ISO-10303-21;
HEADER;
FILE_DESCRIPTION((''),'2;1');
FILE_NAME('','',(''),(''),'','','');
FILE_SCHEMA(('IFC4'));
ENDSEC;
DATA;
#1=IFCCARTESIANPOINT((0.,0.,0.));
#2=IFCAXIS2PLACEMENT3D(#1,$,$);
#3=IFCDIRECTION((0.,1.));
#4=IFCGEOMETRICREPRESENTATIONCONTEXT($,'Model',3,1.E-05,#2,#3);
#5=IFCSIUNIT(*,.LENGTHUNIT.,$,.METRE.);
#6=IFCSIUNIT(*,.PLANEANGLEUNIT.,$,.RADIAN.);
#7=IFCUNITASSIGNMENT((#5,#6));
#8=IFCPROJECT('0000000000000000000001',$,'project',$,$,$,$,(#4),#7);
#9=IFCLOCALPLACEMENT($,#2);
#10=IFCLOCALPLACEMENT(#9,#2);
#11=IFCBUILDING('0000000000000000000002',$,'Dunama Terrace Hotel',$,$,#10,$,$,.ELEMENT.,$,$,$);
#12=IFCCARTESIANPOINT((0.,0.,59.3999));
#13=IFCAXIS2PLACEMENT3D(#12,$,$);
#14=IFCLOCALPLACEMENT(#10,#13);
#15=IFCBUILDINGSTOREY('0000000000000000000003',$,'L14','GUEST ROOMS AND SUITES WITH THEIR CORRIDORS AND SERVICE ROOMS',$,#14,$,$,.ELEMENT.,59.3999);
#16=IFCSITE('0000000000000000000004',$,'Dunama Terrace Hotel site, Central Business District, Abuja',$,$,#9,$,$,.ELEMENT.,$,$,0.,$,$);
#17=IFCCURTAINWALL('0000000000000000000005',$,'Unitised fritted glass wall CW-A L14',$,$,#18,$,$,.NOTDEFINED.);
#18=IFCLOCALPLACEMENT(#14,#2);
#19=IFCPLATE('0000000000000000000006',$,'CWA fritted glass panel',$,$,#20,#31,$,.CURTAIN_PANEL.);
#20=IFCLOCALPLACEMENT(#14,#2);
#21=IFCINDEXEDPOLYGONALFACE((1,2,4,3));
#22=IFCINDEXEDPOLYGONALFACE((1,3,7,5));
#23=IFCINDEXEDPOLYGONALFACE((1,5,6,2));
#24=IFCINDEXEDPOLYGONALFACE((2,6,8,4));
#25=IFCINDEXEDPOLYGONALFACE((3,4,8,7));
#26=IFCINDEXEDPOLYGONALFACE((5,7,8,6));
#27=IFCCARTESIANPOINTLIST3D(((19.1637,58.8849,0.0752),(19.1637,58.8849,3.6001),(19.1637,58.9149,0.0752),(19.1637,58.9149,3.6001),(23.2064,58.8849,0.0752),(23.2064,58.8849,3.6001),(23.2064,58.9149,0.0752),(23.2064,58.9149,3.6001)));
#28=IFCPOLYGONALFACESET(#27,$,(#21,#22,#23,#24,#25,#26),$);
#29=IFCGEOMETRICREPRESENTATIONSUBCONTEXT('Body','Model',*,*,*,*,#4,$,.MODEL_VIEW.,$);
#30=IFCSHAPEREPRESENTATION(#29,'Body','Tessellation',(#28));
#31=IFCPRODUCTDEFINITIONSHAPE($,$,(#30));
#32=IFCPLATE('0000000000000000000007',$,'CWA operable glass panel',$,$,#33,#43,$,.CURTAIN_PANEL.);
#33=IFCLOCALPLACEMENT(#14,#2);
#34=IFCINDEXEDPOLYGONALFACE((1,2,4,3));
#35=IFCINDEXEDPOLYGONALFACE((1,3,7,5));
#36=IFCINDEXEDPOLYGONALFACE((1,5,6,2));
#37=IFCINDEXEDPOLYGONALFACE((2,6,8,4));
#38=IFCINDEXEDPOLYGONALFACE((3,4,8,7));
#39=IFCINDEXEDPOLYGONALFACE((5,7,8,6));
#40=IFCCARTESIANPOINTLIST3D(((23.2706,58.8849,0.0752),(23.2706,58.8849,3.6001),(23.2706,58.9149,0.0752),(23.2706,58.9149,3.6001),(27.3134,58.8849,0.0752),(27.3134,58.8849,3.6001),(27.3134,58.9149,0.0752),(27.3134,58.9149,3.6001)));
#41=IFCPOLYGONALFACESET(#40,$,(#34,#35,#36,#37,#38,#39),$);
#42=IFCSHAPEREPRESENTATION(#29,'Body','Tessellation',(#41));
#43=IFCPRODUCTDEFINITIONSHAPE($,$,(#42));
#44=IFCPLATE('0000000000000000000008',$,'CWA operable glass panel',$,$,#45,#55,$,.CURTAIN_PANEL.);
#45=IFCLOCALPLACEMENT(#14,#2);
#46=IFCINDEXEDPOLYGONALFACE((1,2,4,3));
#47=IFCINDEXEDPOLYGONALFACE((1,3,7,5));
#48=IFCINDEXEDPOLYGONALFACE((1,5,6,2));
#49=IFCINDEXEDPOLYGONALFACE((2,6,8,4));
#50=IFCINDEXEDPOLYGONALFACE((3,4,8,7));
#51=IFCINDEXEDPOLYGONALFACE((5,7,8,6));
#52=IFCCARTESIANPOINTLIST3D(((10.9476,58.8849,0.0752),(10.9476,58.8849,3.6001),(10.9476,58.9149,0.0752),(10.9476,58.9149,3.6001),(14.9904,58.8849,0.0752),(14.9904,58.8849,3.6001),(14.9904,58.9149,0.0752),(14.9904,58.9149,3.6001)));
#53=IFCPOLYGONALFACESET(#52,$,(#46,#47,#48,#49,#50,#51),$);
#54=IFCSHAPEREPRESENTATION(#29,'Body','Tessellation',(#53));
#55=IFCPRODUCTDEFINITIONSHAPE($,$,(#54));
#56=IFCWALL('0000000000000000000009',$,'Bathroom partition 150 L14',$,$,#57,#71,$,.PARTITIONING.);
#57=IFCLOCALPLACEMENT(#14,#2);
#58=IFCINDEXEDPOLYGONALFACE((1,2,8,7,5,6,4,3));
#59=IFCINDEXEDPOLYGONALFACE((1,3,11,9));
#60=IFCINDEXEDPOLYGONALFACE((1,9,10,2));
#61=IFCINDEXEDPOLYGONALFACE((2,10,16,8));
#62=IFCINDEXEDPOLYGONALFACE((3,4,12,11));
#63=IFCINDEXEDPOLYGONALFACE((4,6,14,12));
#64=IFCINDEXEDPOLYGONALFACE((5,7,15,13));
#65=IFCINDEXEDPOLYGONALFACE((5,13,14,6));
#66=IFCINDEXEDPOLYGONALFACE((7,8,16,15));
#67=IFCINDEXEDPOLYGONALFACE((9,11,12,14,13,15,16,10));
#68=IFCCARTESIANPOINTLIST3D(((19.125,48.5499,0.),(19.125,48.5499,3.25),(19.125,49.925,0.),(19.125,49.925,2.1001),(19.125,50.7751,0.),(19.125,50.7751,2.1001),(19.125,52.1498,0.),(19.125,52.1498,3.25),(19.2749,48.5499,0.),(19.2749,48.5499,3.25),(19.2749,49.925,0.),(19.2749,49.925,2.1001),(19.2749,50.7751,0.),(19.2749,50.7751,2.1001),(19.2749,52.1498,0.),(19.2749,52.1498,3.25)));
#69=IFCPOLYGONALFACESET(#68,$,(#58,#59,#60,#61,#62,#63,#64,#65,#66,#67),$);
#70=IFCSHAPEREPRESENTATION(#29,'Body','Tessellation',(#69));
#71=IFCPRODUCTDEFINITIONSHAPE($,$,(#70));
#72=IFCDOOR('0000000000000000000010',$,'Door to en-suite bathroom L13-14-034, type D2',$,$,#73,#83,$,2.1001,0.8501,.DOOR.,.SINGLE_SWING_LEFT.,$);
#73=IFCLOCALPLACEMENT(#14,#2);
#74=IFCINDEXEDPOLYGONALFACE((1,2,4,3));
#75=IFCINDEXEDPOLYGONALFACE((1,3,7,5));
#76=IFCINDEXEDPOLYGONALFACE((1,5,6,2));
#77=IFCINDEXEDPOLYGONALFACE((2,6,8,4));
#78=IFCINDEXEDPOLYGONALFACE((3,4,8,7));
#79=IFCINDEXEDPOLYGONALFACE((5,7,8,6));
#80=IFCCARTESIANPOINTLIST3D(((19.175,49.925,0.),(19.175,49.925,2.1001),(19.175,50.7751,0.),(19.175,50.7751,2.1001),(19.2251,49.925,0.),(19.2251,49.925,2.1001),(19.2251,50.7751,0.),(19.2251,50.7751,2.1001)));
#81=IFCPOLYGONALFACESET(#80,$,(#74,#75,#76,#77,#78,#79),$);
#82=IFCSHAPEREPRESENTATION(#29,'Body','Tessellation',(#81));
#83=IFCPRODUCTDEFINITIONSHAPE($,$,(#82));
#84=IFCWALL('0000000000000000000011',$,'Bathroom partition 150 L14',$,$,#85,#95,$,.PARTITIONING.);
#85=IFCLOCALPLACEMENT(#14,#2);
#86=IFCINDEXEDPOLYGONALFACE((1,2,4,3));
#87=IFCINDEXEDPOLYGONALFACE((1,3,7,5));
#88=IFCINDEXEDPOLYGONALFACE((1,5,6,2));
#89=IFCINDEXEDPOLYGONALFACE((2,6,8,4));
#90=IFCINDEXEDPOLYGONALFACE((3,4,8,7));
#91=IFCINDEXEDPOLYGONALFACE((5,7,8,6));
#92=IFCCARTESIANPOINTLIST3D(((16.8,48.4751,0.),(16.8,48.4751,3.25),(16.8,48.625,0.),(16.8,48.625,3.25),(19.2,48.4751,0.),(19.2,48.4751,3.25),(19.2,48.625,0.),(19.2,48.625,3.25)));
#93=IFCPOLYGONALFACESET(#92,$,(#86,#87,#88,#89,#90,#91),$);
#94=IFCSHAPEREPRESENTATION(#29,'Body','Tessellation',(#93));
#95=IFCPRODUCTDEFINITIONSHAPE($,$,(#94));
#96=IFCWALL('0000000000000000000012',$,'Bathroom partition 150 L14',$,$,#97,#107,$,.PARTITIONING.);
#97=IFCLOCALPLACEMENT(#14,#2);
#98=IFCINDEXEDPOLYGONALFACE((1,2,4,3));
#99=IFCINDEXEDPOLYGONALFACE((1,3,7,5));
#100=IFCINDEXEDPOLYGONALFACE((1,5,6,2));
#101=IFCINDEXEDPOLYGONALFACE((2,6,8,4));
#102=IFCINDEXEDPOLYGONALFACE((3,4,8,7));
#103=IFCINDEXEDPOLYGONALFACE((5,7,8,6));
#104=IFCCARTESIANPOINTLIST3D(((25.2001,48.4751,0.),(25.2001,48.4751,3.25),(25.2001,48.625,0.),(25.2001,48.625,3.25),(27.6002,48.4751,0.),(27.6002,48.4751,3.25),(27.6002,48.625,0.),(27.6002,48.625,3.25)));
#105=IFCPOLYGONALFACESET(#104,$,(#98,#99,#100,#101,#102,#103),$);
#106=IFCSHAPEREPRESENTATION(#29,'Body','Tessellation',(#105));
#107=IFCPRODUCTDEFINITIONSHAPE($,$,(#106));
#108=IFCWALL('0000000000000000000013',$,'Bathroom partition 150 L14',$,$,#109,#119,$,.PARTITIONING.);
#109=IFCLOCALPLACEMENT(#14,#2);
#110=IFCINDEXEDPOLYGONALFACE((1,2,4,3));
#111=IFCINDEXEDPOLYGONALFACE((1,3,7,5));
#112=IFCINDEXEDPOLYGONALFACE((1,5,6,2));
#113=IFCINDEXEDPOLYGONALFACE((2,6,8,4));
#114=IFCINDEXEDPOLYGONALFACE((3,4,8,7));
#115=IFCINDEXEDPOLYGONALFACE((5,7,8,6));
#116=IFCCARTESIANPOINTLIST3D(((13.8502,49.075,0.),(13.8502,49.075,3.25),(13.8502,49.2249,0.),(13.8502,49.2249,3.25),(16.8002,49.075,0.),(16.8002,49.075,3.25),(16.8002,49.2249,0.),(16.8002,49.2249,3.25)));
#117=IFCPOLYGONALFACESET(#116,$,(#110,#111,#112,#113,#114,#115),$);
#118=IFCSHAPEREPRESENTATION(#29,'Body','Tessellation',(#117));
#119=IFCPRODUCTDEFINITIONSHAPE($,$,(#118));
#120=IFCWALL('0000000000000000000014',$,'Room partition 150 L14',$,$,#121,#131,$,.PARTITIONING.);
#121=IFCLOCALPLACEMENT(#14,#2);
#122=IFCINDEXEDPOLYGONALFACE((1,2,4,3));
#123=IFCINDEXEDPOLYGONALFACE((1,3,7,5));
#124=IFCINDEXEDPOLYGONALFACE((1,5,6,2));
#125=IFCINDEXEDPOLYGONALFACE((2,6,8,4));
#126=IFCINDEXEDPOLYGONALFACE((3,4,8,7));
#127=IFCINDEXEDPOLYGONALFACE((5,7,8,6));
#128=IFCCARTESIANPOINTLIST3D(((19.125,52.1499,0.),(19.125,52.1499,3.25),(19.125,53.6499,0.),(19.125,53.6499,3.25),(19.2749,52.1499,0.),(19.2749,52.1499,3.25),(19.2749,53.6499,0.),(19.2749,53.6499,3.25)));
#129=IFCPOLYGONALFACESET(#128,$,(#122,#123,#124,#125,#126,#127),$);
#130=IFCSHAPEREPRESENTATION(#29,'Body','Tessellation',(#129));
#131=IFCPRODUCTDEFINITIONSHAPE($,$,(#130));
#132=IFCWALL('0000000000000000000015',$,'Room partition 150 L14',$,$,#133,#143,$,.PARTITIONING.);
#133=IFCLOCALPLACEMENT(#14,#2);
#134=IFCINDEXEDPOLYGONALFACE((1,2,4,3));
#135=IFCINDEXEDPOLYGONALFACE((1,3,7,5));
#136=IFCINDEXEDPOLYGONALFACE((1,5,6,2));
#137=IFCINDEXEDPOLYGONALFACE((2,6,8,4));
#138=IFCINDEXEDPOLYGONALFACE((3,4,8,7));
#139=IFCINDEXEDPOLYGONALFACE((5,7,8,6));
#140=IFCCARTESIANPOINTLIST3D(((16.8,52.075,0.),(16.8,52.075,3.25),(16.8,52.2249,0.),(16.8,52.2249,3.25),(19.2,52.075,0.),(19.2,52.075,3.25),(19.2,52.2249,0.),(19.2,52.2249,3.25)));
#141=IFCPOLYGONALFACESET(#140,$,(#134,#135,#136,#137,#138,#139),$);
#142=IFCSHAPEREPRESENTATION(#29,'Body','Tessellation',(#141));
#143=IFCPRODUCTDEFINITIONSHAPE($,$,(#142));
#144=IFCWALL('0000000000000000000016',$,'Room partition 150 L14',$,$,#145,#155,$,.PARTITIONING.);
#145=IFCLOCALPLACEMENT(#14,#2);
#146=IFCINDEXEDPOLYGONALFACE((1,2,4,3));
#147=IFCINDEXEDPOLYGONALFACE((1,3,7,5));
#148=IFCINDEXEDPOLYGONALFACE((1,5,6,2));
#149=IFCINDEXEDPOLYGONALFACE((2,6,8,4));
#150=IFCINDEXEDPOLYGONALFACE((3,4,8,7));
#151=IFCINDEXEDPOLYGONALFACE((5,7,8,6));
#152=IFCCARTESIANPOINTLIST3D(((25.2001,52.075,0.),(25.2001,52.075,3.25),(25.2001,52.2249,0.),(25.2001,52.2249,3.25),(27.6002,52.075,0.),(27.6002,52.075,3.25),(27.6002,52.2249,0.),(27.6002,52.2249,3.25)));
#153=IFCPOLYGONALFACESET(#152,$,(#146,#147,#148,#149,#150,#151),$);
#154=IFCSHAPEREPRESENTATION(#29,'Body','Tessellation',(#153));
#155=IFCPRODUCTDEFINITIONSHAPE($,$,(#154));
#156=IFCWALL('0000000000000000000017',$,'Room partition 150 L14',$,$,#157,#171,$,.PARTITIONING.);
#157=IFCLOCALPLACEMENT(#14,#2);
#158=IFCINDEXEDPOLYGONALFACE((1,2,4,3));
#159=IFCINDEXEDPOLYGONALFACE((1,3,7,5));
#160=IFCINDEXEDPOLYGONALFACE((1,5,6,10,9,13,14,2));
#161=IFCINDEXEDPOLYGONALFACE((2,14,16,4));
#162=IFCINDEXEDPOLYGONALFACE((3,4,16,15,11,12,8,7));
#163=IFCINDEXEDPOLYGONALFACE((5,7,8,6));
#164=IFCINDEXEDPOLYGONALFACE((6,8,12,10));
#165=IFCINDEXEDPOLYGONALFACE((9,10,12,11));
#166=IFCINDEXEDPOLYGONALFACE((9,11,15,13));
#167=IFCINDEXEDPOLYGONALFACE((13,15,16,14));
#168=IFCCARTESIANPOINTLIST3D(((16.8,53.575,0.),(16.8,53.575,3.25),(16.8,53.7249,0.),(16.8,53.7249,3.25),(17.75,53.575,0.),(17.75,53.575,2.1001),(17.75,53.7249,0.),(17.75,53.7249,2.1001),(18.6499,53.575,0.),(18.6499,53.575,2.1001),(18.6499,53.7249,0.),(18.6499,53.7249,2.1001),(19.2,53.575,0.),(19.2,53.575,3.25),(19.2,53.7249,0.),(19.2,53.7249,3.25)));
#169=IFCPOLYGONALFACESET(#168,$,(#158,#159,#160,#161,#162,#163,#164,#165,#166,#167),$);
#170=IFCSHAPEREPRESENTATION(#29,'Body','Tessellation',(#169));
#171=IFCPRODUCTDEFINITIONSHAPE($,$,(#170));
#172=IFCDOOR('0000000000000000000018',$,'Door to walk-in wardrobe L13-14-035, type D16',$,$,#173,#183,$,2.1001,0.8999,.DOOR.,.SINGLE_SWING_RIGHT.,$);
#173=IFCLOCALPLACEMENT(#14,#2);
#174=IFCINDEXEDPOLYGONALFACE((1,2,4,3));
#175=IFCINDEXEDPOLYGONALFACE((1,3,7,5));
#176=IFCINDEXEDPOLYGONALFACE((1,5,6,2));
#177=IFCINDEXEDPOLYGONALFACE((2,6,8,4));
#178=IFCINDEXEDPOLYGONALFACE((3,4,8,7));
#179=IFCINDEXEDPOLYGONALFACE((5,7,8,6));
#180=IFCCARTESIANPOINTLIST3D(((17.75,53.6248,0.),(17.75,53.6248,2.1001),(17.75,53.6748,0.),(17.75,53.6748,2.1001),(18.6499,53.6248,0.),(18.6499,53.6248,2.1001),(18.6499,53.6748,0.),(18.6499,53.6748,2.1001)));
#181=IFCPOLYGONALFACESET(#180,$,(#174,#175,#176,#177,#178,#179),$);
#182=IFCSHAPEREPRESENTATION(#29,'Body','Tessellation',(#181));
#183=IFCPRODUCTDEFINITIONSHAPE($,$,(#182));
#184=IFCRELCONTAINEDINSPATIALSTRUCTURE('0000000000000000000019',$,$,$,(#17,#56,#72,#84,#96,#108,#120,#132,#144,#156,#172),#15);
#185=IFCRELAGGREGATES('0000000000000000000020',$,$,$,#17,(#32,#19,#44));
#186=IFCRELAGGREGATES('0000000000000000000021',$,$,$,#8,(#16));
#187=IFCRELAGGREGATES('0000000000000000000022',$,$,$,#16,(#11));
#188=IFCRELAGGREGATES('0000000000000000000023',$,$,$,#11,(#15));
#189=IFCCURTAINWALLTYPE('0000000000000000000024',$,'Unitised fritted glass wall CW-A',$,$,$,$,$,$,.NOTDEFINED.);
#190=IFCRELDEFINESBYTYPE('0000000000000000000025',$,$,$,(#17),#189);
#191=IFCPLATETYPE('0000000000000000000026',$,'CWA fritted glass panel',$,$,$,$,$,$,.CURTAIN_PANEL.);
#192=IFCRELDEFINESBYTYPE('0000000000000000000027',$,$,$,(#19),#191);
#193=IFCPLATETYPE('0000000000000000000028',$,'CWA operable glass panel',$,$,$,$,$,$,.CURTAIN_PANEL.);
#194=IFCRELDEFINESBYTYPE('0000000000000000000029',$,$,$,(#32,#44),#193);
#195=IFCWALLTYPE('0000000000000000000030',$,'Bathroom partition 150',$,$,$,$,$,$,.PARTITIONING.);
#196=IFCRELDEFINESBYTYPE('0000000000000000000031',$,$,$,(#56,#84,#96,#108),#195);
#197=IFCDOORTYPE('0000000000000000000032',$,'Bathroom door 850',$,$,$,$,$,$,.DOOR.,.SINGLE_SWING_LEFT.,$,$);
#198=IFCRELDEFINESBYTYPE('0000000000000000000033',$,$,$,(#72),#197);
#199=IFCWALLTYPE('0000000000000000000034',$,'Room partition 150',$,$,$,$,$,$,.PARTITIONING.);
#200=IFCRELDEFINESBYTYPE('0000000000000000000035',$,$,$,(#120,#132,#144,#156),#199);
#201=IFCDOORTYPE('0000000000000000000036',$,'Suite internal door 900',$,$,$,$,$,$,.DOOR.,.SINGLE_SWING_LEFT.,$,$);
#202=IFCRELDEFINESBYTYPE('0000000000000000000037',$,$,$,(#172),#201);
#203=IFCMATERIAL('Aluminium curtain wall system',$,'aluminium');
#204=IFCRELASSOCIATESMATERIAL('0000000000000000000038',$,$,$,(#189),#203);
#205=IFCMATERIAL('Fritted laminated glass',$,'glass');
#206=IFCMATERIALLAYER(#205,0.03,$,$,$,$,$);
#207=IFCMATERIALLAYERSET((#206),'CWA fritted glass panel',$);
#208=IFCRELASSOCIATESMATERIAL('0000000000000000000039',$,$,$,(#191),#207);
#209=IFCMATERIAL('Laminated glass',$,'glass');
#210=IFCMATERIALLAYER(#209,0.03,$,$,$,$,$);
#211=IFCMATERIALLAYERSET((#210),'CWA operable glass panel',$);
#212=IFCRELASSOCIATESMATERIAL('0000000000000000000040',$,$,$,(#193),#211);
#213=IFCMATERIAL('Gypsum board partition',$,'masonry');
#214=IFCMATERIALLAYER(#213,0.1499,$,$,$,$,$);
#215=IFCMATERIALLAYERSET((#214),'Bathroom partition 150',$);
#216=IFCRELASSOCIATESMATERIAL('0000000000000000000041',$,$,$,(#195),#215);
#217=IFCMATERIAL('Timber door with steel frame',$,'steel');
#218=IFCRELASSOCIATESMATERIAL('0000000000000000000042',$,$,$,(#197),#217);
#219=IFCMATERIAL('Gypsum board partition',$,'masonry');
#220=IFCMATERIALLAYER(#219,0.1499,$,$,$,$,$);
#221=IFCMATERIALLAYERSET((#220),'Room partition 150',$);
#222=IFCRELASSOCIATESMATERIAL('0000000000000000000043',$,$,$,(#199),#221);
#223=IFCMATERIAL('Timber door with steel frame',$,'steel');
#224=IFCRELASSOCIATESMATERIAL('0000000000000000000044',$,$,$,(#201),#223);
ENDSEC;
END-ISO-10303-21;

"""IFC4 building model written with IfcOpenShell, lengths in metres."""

from ifc_helpers import new_model, si_unit, direction, frame, frame_2d, origin, origin_2d, place, context, subcontext, project, spatial, rectangle, extrude, material, layer, layer_set, type_object, element, fill, aggregate, save


model = new_model("IFC4")

# Units and contexts
model_context = context("Model", 3, precision=1e-05, world=origin(), true_north=direction((0.0, 1.0)))
body_context = subcontext(model_context, "Body", "Model", "MODEL_VIEW")
ifc_project = project(units=[si_unit("LENGTHUNIT", "METRE"), si_unit("PLANEANGLEUNIT", "RADIAN")], contexts=[model_context])

# Site, building, storey
site_placement = place(None, origin())
site = spatial("IfcSite", under=ifc_project, at=site_placement, Name="Dunama Terrace Hotel site, Central Business District, Abuja", CompositionType="ELEMENT", RefElevation=0.0)
building_placement = place(site_placement, origin())
building = spatial("IfcBuilding", under=site, at=building_placement, Name="Dunama Terrace Hotel", CompositionType="ELEMENT")
storey_placement = place(building_placement, frame((0.0, 0.0, 59.3999)))
storey = spatial("IfcBuildingStorey", under=building, at=storey_placement, Name="L14", Description="GUEST ROOMS AND SUITES WITH THEIR CORRIDORS AND SERVICE ROOMS", CompositionType="ELEMENT", Elevation=59.3999)

# Curtain wall
ifc_material_1 = material(Name="Aluminium curtain wall system", Category="aluminium")
curtain_wall_type = type_object("IfcCurtainWallType", Name="Unitised fritted glass wall CW-A", PredefinedType="NOTDEFINED", material=ifc_material_1)
curtain_wall_placement = place(storey_placement, origin())
curtain_wall = element("IfcCurtainWall", 1, at=curtain_wall_placement, inside=storey, type_object=curtain_wall_type, Name="Unitised fritted glass wall CW-A L14", PredefinedType="NOTDEFINED")

# Plates
ifc_material_2 = material(Name="Fritted laminated glass", Category="glass")
ifc_layer_1 = layer(ifc_material_2, 0.03)
ifc_layer_set_1 = layer_set([ifc_layer_1], Name="CWA fritted glass panel")
plate_type_1 = type_object("IfcPlateType", Name="CWA fritted glass panel", PredefinedType="CURTAIN_PANEL", material=ifc_layer_set_1)
plate_1_placement = place(storey_placement, frame((21.1851, 58.8999, 0.0752), z_axis=(0.0, 0.0, 1.0), x_axis=(-1.0, 0.0, 0.0)))
plate_1 = element("IfcPlate", 2, at=plate_1_placement, type_object=plate_type_1, Name="CWA fritted glass panel", PredefinedType="CURTAIN_PANEL", context=body_context, shape_type="SweptSolid", body=[
    extrude(rectangle(XDim=4.0427, YDim=0.03, at=origin_2d()), origin(), (0.0, 0.0, 1.0), 3.5249),
])
ifc_material_3 = material(Name="Laminated glass", Category="glass")
ifc_layer_2 = layer(ifc_material_3, 0.03)
ifc_layer_set_2 = layer_set([ifc_layer_2], Name="CWA operable glass panel")
plate_type_2 = type_object("IfcPlateType", Name="CWA operable glass panel", PredefinedType="CURTAIN_PANEL", material=ifc_layer_set_2)
plate_2_placement = place(storey_placement, frame((25.292, 58.8999, 0.0752), z_axis=(0.0, 0.0, 1.0), x_axis=(-1.0, 0.0, 0.0)))
plate_2 = element("IfcPlate", 3, at=plate_2_placement, type_object=plate_type_2, Name="CWA operable glass panel", PredefinedType="CURTAIN_PANEL", context=body_context, shape_type="SweptSolid", body=[
    extrude(rectangle(XDim=4.0427, YDim=0.03, at=origin_2d()), origin(), (0.0, 0.0, 1.0), 3.5249),
])
plate_3_placement = place(storey_placement, frame((12.969, 58.8999, 0.0752), z_axis=(0.0, 0.0, 1.0), x_axis=(-1.0, 0.0, 0.0)))
plate_3 = element("IfcPlate", 4, at=plate_3_placement, type_object=plate_type_2, Name="CWA operable glass panel", PredefinedType="CURTAIN_PANEL", context=body_context, shape_type="SweptSolid", body=[
    extrude(rectangle(XDim=4.0427, YDim=0.03, at=origin_2d()), origin(), (0.0, 0.0, 1.0), 3.5249),
])
aggregate(curtain_wall, [plate_2, plate_1, plate_3])

# Wall, opening, door
ifc_material_4 = material(Name="Gypsum board partition", Category="masonry")
ifc_layer_3 = layer(ifc_material_4, 0.1499)
ifc_layer_set_3 = layer_set([ifc_layer_3], Name="Bathroom partition 150")
wall_type_1 = type_object("IfcWallType", Name="Bathroom partition 150", PredefinedType="PARTITIONING", material=ifc_layer_set_3)
wall_1_placement = place(storey_placement, frame((19.2, 48.55, 0.0), z_axis=(0.0, 0.0, 1.0), x_axis=(0.0, 1.0, 0.0)))
wall_1 = element("IfcWall", 5, at=wall_1_placement, inside=storey, type_object=wall_type_1, Name="Bathroom partition 150 L14", PredefinedType="PARTITIONING", context=body_context, shape_type="SweptSolid", body=[
    extrude(rectangle(XDim=3.5999, YDim=0.1499, at=frame_2d((1.7998, 0.0))), origin(), (0.0, 0.0, 1.0), 3.25),
])
opening_1_placement = place(wall_1_placement, frame((1.375, 0.0, 0.0)))
opening_1 = element("IfcOpeningElement", 6, at=opening_1_placement, cuts=wall_1, PredefinedType="OPENING", context=body_context, shape_type="SweptSolid", body=[
    extrude(rectangle(XDim=0.8501, YDim=2.1001, at=frame_2d((0.425, 1.05))), frame((0.0, 0.085, 0.0), z_axis=(0.0, -1.0, 0.0), x_axis=(1.0, 0.0, 0.0)), (0.0, 0.0, 1.0), 0.1699),
])
ifc_material_5 = material(Name="Timber door with steel frame", Category="steel")
door_type_1 = type_object("IfcDoorType", Name="Bathroom door 850", OperationType="SINGLE_SWING_LEFT", PredefinedType="DOOR", material=ifc_material_5)
door_1_placement = place(opening_1_placement, origin())
door_1 = element("IfcDoor", 7, at=door_1_placement, inside=storey, type_object=door_type_1, Name="Door to en-suite bathroom L13-14-034, type D2", OperationType="SINGLE_SWING_LEFT", OverallHeight=2.1001, OverallWidth=0.8501, PredefinedType="DOOR", context=body_context, shape_type="SweptSolid", body=[
    extrude(rectangle(XDim=0.8501, YDim=2.1001, at=frame_2d((0.425, 1.05))), frame((0.0, 0.0249, 0.0), z_axis=(0.0, -1.0, 0.0), x_axis=(1.0, 0.0, 0.0)), (0.0, 0.0, 1.0), 0.05),
])
fill(opening_1, door_1)

# Walls
wall_2_placement = place(storey_placement, frame((16.8, 48.55, 0.0), z_axis=(0.0, 0.0, 1.0), x_axis=(1.0, 0.0, 0.0)))
element("IfcWall", 8, at=wall_2_placement, inside=storey, type_object=wall_type_1, Name="Bathroom partition 150 L14", PredefinedType="PARTITIONING", context=body_context, shape_type="SweptSolid", body=[
    extrude(rectangle(XDim=2.3999, YDim=0.1499, at=frame_2d((1.2, 0.0))), origin(), (0.0, 0.0, 1.0), 3.25),
])
wall_3_placement = place(storey_placement, frame((25.2, 48.55, 0.0), z_axis=(0.0, 0.0, 1.0), x_axis=(1.0, 0.0, 0.0)))
element("IfcWall", 9, at=wall_3_placement, inside=storey, type_object=wall_type_1, Name="Bathroom partition 150 L14", PredefinedType="PARTITIONING", context=body_context, shape_type="SweptSolid", body=[
    extrude(rectangle(XDim=2.4001, YDim=0.1499, at=frame_2d((1.2002, 0.0))), origin(), (0.0, 0.0, 1.0), 3.25),
])
wall_4_placement = place(storey_placement, frame((13.8501, 49.1499, 0.0), z_axis=(0.0, 0.0, 1.0), x_axis=(1.0, 0.0, 0.0)))
element("IfcWall", 10, at=wall_4_placement, inside=storey, type_object=wall_type_1, Name="Bathroom partition 150 L14", PredefinedType="PARTITIONING", context=body_context, shape_type="SweptSolid", body=[
    extrude(rectangle(XDim=2.95, YDim=0.1499, at=frame_2d((1.4751, 0.0))), origin(), (0.0, 0.0, 1.0), 3.25),
])
ifc_material_6 = material(Name="Gypsum board partition", Category="masonry")
ifc_layer_4 = layer(ifc_material_6, 0.1499)
ifc_layer_set_4 = layer_set([ifc_layer_4], Name="Room partition 150")
wall_type_2 = type_object("IfcWallType", Name="Room partition 150", PredefinedType="PARTITIONING", material=ifc_layer_set_4)
wall_5_placement = place(storey_placement, frame((19.2, 52.1499, 0.0), z_axis=(0.0, 0.0, 1.0), x_axis=(0.0, 1.0, 0.0)))
element("IfcWall", 11, at=wall_5_placement, inside=storey, type_object=wall_type_2, Name="Room partition 150 L14", PredefinedType="PARTITIONING", context=body_context, shape_type="SweptSolid", body=[
    extrude(rectangle(XDim=1.5, YDim=0.1499, at=frame_2d((0.75, 0.0))), origin(), (0.0, 0.0, 1.0), 3.25),
])
wall_6_placement = place(storey_placement, frame((16.8, 52.1499, 0.0), z_axis=(0.0, 0.0, 1.0), x_axis=(1.0, 0.0, 0.0)))
element("IfcWall", 12, at=wall_6_placement, inside=storey, type_object=wall_type_2, Name="Room partition 150 L14", PredefinedType="PARTITIONING", context=body_context, shape_type="SweptSolid", body=[
    extrude(rectangle(XDim=2.3999, YDim=0.1499, at=frame_2d((1.2, 0.0))), origin(), (0.0, 0.0, 1.0), 3.25),
])
wall_7_placement = place(storey_placement, frame((25.2, 52.1499, 0.0), z_axis=(0.0, 0.0, 1.0), x_axis=(1.0, 0.0, 0.0)))
element("IfcWall", 13, at=wall_7_placement, inside=storey, type_object=wall_type_2, Name="Room partition 150 L14", PredefinedType="PARTITIONING", context=body_context, shape_type="SweptSolid", body=[
    extrude(rectangle(XDim=2.4001, YDim=0.1499, at=frame_2d((1.2002, 0.0))), origin(), (0.0, 0.0, 1.0), 3.25),
])

# Wall, opening, door
wall_8_placement = place(storey_placement, frame((16.8, 53.6499, 0.0), z_axis=(0.0, 0.0, 1.0), x_axis=(1.0, 0.0, 0.0)))
wall_8 = element("IfcWall", 14, at=wall_8_placement, inside=storey, type_object=wall_type_2, Name="Room partition 150 L14", PredefinedType="PARTITIONING", context=body_context, shape_type="SweptSolid", body=[
    extrude(rectangle(XDim=2.3999, YDim=0.1499, at=frame_2d((1.2, 0.0))), origin(), (0.0, 0.0, 1.0), 3.25),
])
opening_2_placement = place(wall_8_placement, frame((0.95, 0.0, 0.0)))
opening_2 = element("IfcOpeningElement", 15, at=opening_2_placement, cuts=wall_8, PredefinedType="OPENING", context=body_context, shape_type="SweptSolid", body=[
    extrude(rectangle(XDim=0.8999, YDim=2.1001, at=frame_2d((0.45, 1.05))), frame((0.0, 0.085, 0.0), z_axis=(0.0, -1.0, 0.0), x_axis=(1.0, 0.0, 0.0)), (0.0, 0.0, 1.0), 0.1699),
])
ifc_material_7 = material(Name="Timber door with steel frame", Category="steel")
door_type_2 = type_object("IfcDoorType", Name="Suite internal door 900", OperationType="SINGLE_SWING_LEFT", PredefinedType="DOOR", material=ifc_material_7)
door_2_placement = place(opening_2_placement, frame((0.8999, 0.0, 0.0), z_axis=(0.0, 0.0, 1.0), x_axis=(-1.0, 0.0, 0.0)))
door_2 = element("IfcDoor", 16, at=door_2_placement, inside=storey, type_object=door_type_2, Name="Door to walk-in wardrobe L13-14-035, type D16", OperationType="SINGLE_SWING_RIGHT", OverallHeight=2.1001, OverallWidth=0.8999, PredefinedType="DOOR", context=body_context, shape_type="SweptSolid", body=[
    extrude(rectangle(XDim=0.8999, YDim=2.1001, at=frame_2d((0.45, 1.05))), frame((0.0, 0.0251, 0.0), z_axis=(0.0, -1.0, 0.0), x_axis=(1.0, 0.0, 0.0)), (0.0, 0.0, 1.0), 0.05),
])
fill(opening_2, door_2)

save(model, "model.ifc")
